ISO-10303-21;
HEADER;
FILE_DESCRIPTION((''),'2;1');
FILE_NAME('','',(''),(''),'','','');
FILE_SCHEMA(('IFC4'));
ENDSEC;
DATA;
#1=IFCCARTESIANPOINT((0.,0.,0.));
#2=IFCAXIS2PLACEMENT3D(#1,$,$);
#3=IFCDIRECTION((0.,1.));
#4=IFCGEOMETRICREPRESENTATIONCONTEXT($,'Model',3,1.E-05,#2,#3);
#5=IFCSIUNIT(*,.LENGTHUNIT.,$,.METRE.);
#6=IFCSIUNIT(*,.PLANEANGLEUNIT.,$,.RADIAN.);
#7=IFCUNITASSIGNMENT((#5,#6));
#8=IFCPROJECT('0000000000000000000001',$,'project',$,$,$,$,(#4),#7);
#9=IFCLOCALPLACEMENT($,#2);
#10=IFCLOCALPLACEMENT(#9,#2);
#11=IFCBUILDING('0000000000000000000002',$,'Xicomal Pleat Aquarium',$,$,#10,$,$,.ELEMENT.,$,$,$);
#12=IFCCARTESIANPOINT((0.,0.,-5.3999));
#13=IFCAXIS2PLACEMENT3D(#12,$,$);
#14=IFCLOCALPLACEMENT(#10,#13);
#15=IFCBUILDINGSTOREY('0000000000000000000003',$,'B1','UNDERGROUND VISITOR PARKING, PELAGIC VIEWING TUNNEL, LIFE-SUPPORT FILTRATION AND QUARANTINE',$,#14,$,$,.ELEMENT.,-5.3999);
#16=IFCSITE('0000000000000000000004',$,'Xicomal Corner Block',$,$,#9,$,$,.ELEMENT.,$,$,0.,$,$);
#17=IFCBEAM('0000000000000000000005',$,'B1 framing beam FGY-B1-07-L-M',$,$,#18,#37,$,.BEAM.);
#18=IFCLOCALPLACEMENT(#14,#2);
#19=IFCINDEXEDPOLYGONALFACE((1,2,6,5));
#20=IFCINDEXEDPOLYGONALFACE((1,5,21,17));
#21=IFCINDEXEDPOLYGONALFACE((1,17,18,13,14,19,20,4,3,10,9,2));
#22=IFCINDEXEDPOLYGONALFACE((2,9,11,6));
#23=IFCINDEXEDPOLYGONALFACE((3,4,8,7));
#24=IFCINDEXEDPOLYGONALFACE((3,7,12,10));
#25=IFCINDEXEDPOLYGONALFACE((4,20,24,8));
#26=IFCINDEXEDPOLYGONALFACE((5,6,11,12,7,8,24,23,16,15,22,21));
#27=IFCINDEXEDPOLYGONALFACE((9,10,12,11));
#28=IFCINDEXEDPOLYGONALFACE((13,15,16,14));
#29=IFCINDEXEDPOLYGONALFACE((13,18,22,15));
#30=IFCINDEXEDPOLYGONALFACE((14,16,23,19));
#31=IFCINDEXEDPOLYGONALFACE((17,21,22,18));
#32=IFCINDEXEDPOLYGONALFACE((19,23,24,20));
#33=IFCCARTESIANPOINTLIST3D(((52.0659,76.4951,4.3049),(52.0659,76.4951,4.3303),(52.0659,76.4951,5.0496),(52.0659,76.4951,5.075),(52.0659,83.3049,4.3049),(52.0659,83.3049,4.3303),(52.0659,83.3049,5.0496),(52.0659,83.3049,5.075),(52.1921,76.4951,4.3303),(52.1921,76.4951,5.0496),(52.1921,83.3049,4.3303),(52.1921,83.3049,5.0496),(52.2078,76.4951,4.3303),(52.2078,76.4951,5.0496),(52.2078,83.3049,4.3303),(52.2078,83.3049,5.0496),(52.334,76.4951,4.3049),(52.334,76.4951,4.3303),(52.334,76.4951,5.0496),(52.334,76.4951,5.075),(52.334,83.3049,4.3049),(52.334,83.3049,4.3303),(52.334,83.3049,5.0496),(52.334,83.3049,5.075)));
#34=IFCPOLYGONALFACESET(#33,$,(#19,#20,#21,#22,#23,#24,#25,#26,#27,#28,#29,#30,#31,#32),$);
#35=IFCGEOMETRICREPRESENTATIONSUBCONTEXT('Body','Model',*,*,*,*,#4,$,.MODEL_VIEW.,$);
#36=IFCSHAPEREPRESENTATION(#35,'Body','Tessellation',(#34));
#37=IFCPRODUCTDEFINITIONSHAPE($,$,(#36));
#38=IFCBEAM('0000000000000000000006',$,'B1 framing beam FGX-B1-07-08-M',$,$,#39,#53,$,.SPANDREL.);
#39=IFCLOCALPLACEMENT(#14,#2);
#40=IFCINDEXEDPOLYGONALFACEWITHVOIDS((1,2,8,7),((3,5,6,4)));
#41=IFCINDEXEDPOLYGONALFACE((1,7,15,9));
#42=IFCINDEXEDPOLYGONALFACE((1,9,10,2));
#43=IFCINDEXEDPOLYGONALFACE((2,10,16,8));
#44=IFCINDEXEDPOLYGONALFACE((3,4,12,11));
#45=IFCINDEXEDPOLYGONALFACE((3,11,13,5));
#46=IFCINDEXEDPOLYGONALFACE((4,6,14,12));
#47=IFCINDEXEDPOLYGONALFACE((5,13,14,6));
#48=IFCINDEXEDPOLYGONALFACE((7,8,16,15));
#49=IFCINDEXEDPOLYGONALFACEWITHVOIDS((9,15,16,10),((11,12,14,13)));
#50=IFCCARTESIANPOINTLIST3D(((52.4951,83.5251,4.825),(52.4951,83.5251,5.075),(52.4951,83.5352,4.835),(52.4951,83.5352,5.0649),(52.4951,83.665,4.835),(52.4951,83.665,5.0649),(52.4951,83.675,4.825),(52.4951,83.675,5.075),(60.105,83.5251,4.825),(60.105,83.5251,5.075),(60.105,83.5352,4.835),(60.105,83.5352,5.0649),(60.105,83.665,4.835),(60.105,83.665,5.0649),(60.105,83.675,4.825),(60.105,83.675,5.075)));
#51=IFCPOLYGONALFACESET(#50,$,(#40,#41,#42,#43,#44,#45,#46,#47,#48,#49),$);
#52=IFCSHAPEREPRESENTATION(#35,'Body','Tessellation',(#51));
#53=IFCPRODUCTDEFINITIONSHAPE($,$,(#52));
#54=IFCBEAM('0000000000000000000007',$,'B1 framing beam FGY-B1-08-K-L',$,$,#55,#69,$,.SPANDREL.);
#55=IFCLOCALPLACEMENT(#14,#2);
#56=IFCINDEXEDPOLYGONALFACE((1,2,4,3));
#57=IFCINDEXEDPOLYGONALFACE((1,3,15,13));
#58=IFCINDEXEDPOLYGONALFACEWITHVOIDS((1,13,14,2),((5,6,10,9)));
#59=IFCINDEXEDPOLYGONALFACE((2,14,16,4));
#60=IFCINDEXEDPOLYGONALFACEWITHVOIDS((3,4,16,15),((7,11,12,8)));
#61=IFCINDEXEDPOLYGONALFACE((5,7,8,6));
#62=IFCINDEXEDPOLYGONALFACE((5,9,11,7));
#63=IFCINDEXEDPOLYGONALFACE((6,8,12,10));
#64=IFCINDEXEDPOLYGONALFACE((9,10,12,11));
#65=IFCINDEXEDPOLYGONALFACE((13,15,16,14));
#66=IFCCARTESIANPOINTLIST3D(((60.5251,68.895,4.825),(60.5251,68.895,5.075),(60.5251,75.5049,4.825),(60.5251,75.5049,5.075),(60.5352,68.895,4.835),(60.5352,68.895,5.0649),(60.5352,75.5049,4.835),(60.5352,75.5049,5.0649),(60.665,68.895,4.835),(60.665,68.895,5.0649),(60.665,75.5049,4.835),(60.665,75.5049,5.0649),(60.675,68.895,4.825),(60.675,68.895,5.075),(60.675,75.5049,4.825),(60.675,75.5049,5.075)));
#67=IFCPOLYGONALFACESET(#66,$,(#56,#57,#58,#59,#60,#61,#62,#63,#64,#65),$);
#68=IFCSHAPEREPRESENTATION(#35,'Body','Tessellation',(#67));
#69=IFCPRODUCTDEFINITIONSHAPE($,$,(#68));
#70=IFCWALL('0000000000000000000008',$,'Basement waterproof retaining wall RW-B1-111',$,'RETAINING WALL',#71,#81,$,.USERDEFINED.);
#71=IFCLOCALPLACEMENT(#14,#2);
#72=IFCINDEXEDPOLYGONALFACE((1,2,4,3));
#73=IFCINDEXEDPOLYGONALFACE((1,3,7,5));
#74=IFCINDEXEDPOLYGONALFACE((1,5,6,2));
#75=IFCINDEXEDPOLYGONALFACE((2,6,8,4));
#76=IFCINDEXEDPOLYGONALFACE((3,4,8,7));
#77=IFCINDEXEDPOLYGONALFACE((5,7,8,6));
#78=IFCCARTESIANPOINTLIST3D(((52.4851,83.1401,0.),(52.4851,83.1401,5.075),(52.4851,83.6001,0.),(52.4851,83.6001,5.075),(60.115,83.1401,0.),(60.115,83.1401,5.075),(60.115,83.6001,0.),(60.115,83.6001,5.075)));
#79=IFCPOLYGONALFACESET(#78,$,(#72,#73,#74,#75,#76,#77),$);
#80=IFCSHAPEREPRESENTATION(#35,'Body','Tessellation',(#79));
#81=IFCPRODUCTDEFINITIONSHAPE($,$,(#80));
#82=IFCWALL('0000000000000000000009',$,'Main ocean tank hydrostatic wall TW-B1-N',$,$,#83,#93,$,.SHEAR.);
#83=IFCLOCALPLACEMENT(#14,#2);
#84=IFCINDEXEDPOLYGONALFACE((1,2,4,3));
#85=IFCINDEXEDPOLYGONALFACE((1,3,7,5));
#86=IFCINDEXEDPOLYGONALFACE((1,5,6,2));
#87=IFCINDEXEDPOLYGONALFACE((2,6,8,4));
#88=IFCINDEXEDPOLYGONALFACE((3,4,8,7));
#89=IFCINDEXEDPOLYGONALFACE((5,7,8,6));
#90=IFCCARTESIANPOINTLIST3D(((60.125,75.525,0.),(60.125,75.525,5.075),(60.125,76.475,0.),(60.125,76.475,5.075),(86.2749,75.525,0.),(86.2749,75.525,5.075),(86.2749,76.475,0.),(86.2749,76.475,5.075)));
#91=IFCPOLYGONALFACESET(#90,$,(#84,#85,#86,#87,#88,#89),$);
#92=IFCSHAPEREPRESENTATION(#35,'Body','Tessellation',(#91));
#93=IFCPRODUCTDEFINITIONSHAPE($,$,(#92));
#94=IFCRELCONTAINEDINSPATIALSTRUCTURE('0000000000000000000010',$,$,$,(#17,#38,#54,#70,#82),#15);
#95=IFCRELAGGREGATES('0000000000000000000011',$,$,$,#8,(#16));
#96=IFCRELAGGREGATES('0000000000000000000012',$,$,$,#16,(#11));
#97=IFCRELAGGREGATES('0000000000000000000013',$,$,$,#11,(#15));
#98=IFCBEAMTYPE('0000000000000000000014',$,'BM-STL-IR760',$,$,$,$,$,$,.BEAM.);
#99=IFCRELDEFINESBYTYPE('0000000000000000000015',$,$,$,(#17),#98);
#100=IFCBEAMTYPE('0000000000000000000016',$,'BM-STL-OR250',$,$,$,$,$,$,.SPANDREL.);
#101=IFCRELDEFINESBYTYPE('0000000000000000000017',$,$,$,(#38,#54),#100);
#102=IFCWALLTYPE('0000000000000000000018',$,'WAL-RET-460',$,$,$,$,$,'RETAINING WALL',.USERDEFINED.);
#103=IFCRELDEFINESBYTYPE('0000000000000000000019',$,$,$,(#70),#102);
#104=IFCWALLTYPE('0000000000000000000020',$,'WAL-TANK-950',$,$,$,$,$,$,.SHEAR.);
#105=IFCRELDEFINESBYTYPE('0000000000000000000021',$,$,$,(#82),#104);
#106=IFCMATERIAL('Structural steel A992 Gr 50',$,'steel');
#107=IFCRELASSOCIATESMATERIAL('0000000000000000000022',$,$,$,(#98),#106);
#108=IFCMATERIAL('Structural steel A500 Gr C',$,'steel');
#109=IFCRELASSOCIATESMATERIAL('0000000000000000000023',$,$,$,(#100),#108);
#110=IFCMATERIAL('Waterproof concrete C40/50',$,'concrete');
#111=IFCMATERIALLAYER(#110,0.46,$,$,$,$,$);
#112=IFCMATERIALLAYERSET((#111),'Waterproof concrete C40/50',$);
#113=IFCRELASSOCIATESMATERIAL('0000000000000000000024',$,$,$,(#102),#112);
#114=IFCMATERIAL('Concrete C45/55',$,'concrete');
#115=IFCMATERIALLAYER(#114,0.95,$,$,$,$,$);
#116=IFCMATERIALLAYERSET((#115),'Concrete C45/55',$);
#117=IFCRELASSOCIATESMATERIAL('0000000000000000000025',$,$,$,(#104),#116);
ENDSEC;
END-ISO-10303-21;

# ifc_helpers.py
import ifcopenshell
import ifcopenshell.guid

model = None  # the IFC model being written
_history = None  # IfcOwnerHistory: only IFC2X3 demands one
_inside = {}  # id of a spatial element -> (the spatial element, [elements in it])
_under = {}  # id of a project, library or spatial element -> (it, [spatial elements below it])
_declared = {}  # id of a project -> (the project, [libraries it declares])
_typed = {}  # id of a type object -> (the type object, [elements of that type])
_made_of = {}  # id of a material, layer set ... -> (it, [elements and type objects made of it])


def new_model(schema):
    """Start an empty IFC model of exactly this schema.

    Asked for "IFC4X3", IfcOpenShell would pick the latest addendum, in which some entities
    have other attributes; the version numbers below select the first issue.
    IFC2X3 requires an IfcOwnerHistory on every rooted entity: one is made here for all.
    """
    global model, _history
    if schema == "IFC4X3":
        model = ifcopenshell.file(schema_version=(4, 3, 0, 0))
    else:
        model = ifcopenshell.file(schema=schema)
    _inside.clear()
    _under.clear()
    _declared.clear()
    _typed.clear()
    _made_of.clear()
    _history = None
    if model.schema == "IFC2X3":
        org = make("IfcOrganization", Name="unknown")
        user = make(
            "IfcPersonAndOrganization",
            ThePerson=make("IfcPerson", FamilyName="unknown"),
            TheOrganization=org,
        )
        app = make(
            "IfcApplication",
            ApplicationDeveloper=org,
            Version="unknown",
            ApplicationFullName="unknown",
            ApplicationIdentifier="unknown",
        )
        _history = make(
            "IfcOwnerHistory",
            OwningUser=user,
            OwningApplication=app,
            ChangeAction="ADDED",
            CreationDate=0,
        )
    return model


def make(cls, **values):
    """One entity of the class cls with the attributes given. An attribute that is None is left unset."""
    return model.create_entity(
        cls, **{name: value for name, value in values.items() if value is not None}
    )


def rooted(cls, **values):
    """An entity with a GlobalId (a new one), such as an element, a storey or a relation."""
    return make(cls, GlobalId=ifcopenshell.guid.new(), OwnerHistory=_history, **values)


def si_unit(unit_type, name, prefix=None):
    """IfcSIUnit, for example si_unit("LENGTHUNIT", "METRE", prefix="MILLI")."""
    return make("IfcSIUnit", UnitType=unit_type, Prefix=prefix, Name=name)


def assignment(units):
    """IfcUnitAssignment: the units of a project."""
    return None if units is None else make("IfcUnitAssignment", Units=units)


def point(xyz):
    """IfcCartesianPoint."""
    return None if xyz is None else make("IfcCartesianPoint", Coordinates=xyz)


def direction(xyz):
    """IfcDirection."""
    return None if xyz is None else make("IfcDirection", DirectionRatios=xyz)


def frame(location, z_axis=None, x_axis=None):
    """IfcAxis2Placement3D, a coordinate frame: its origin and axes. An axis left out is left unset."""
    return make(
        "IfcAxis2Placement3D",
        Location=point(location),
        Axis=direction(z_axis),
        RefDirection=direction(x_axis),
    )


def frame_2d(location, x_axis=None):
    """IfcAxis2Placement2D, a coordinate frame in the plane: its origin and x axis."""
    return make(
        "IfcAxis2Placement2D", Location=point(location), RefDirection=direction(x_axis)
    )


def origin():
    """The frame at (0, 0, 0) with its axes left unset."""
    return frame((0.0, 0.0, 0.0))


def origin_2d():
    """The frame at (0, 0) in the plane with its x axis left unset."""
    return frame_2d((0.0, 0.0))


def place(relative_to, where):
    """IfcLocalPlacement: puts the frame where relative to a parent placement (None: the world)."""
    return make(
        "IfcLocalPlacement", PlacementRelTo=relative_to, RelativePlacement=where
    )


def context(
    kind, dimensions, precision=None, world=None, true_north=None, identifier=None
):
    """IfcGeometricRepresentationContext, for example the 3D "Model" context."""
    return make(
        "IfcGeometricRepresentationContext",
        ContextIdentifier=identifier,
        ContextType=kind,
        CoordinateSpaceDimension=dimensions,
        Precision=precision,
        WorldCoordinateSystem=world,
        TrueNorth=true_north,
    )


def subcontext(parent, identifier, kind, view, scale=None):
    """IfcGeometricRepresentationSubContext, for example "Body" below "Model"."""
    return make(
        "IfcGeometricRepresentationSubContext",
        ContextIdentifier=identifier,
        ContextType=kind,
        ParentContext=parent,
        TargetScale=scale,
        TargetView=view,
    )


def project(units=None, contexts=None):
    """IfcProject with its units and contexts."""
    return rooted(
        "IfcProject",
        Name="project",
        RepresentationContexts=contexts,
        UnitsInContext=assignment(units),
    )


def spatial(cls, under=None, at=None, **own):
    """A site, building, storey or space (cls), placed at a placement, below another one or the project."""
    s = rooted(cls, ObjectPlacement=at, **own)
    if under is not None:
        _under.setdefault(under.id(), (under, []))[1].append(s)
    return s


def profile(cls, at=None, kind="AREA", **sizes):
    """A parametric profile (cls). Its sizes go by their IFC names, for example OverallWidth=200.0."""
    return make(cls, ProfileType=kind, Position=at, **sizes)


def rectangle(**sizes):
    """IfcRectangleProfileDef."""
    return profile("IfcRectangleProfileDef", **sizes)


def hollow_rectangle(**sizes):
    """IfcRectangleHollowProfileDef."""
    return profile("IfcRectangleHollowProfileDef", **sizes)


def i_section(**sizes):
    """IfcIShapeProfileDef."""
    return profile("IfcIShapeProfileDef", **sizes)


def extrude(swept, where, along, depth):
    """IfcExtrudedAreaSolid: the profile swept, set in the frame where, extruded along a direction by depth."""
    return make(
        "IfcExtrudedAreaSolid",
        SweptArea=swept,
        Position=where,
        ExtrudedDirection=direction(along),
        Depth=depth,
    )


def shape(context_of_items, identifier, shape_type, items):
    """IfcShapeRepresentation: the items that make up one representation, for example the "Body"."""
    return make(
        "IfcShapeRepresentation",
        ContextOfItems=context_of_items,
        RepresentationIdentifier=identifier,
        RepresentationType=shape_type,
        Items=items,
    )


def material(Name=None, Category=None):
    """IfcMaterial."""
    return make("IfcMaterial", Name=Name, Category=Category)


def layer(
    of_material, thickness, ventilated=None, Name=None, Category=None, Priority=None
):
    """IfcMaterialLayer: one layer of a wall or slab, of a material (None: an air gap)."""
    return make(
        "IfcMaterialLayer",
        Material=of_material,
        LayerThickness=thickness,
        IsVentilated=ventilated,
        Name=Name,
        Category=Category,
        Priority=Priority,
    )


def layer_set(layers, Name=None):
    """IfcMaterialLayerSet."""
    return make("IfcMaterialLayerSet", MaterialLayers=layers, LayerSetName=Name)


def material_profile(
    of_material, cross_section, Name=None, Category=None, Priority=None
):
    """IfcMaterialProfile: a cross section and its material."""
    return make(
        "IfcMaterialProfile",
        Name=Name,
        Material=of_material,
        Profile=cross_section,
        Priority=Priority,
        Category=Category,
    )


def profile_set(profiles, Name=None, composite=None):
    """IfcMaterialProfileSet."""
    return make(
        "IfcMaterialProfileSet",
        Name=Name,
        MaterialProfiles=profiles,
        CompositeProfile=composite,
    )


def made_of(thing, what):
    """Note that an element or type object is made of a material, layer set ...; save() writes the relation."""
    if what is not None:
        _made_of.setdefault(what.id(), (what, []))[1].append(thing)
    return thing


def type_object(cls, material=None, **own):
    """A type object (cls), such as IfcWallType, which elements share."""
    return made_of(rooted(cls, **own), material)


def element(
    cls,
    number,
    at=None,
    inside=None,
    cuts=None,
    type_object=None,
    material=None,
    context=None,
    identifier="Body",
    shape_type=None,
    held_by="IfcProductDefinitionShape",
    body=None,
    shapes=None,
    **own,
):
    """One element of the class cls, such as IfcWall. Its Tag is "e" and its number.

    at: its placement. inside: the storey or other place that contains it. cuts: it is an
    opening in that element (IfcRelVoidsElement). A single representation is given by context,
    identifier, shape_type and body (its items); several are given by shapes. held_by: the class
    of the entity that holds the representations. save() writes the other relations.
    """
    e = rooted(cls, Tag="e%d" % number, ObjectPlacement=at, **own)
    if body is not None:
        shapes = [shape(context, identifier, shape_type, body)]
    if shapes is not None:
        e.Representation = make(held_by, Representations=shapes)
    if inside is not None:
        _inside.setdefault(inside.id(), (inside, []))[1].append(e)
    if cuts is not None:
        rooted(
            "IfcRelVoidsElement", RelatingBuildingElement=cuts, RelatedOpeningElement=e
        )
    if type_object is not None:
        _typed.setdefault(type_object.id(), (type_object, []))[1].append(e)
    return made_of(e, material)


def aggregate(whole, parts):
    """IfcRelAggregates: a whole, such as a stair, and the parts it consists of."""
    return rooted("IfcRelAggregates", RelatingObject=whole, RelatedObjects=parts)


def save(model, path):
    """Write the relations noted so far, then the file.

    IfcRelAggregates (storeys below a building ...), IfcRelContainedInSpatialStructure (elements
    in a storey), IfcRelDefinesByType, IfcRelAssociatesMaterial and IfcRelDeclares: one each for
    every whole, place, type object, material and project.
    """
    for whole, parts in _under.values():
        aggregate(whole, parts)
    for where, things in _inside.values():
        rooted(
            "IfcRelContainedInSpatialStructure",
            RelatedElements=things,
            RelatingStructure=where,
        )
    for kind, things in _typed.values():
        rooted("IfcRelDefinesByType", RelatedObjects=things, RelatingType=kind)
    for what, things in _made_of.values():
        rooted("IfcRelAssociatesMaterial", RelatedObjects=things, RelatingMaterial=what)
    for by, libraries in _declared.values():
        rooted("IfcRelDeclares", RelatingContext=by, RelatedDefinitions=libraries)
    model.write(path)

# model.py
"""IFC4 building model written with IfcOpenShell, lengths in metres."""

from ifc_helpers import new_model, si_unit, direction, frame, frame_2d, origin, origin_2d, place, context, subcontext, project, spatial, rectangle, hollow_rectangle, i_section, extrude, material, layer, layer_set, material_profile, profile_set, type_object, element, save


model = new_model("IFC4")

# Units and contexts
model_context = context("Model", 3, precision=1e-05, world=origin(), true_north=direction((0.0, 1.0)))
body_context = subcontext(model_context, "Body", "Model", "MODEL_VIEW")
ifc_project = project(units=[si_unit("LENGTHUNIT", "METRE"), si_unit("PLANEANGLEUNIT", "RADIAN")], contexts=[model_context])

# Site, building, storey
site_placement = place(None, origin())
site = spatial("IfcSite", under=ifc_project, at=site_placement, Name="Xicomal Corner Block", CompositionType="ELEMENT", RefElevation=0.0)
building_placement = place(site_placement, origin())
building = spatial("IfcBuilding", under=site, at=building_placement, Name="Xicomal Pleat Aquarium", CompositionType="ELEMENT")
storey_placement = place(building_placement, frame((0.0, 0.0, -5.3999)))
storey = spatial("IfcBuildingStorey", under=building, at=storey_placement, Name="B1", Description="UNDERGROUND VISITOR PARKING, PELAGIC VIEWING TUNNEL, LIFE-SUPPORT FILTRATION AND QUARANTINE", CompositionType="ELEMENT", Elevation=-5.3999)

# Beams
ifc_material_1 = material(Name="Structural steel A992 Gr 50", Category="steel")
ifc_material_profile_1 = material_profile(ifc_material_1, i_section(OverallWidth=0.2681, OverallDepth=0.77, WebThickness=0.0156, FlangeThickness=0.0254, at=origin_2d()), Name="IR 760x196")
ifc_profile_set_1 = profile_set([ifc_material_profile_1], Name="Structural steel A992 Gr 50")
beam_type_1 = type_object("IfcBeamType", Name="BM-STL-IR760", PredefinedType="BEAM", material=ifc_profile_set_1)
beam_1_placement = place(storey_placement, frame((52.2, 76.4951, 4.6899), z_axis=(0.0, 1.0, 0.0), x_axis=(-1.0, 0.0, 0.0)))
element("IfcBeam", 1, at=beam_1_placement, inside=storey, type_object=beam_type_1, Name="B1 framing beam FGY-B1-07-L-M", PredefinedType="BEAM", context=body_context, shape_type="SweptSolid", body=[
    extrude(i_section(OverallWidth=0.2681, OverallDepth=0.77, WebThickness=0.0156, FlangeThickness=0.0254, at=origin_2d()), origin(), (0.0, 0.0, 1.0), 6.8098),
])
ifc_material_2 = material(Name="Structural steel A500 Gr C", Category="steel")
ifc_material_profile_2 = material_profile(ifc_material_2, hollow_rectangle(XDim=0.1499, YDim=0.25, WallThickness=0.01, at=origin_2d()), Name="OR 250x150x10")
ifc_profile_set_2 = profile_set([ifc_material_profile_2], Name="Structural steel A500 Gr C")
beam_type_2 = type_object("IfcBeamType", Name="BM-STL-OR250", PredefinedType="SPANDREL", material=ifc_profile_set_2)
beam_2_placement = place(storey_placement, frame((52.4951, 83.6001, 4.95), z_axis=(1.0, 0.0, 0.0), x_axis=(0.0, 1.0, 0.0)))
element("IfcBeam", 2, at=beam_2_placement, inside=storey, type_object=beam_type_2, Name="B1 framing beam FGX-B1-07-08-M", PredefinedType="SPANDREL", context=body_context, shape_type="SweptSolid", body=[
    extrude(hollow_rectangle(XDim=0.1499, YDim=0.25, WallThickness=0.01, at=origin_2d()), origin(), (0.0, 0.0, 1.0), 7.6099),
])
beam_3_placement = place(storey_placement, frame((60.6001, 68.895, 4.95), z_axis=(0.0, 1.0, 0.0), x_axis=(-1.0, 0.0, 0.0)))
element("IfcBeam", 3, at=beam_3_placement, inside=storey, type_object=beam_type_2, Name="B1 framing beam FGY-B1-08-K-L", PredefinedType="SPANDREL", context=body_context, shape_type="SweptSolid", body=[
    extrude(hollow_rectangle(XDim=0.1499, YDim=0.25, WallThickness=0.01, at=origin_2d()), origin(), (0.0, 0.0, 1.0), 6.6099),
])

# Walls
ifc_material_3 = material(Name="Waterproof concrete C40/50", Category="concrete")
ifc_layer_1 = layer(ifc_material_3, 0.46)
ifc_layer_set_1 = layer_set([ifc_layer_1], Name="Waterproof concrete C40/50")
wall_type_1 = type_object("IfcWallType", Name="WAL-RET-460", ElementType="RETAINING WALL", PredefinedType="USERDEFINED", material=ifc_layer_set_1)
wall_1_placement = place(storey_placement, frame((52.4851, 83.3701, 0.0), z_axis=(0.0, 0.0, 1.0), x_axis=(1.0, 0.0, 0.0)))
element("IfcWall", 4, at=wall_1_placement, inside=storey, type_object=wall_type_1, Name="Basement waterproof retaining wall RW-B1-111", ObjectType="RETAINING WALL", PredefinedType="USERDEFINED", context=body_context, shape_type="SweptSolid", body=[
    extrude(rectangle(XDim=7.6299, YDim=0.46, at=frame_2d((3.8149, 0.0))), origin(), (0.0, 0.0, 1.0), 5.075),
])
ifc_material_4 = material(Name="Concrete C45/55", Category="concrete")
ifc_layer_2 = layer(ifc_material_4, 0.95)
ifc_layer_set_2 = layer_set([ifc_layer_2], Name="Concrete C45/55")
wall_type_2 = type_object("IfcWallType", Name="WAL-TANK-950", PredefinedType="SHEAR", material=ifc_layer_set_2)
wall_2_placement = place(storey_placement, frame((60.125, 76.0, 0.0), z_axis=(0.0, 0.0, 1.0), x_axis=(1.0, 0.0, 0.0)))
element("IfcWall", 5, at=wall_2_placement, inside=storey, type_object=wall_type_2, Name="Main ocean tank hydrostatic wall TW-B1-N", PredefinedType="SHEAR", context=body_context, shape_type="SweptSolid", body=[
    extrude(rectangle(XDim=26.1499, YDim=0.95, at=frame_2d((13.075, 0.0))), origin(), (0.0, 0.0, 1.0), 5.075),
])

save(model, "model.ifc")
